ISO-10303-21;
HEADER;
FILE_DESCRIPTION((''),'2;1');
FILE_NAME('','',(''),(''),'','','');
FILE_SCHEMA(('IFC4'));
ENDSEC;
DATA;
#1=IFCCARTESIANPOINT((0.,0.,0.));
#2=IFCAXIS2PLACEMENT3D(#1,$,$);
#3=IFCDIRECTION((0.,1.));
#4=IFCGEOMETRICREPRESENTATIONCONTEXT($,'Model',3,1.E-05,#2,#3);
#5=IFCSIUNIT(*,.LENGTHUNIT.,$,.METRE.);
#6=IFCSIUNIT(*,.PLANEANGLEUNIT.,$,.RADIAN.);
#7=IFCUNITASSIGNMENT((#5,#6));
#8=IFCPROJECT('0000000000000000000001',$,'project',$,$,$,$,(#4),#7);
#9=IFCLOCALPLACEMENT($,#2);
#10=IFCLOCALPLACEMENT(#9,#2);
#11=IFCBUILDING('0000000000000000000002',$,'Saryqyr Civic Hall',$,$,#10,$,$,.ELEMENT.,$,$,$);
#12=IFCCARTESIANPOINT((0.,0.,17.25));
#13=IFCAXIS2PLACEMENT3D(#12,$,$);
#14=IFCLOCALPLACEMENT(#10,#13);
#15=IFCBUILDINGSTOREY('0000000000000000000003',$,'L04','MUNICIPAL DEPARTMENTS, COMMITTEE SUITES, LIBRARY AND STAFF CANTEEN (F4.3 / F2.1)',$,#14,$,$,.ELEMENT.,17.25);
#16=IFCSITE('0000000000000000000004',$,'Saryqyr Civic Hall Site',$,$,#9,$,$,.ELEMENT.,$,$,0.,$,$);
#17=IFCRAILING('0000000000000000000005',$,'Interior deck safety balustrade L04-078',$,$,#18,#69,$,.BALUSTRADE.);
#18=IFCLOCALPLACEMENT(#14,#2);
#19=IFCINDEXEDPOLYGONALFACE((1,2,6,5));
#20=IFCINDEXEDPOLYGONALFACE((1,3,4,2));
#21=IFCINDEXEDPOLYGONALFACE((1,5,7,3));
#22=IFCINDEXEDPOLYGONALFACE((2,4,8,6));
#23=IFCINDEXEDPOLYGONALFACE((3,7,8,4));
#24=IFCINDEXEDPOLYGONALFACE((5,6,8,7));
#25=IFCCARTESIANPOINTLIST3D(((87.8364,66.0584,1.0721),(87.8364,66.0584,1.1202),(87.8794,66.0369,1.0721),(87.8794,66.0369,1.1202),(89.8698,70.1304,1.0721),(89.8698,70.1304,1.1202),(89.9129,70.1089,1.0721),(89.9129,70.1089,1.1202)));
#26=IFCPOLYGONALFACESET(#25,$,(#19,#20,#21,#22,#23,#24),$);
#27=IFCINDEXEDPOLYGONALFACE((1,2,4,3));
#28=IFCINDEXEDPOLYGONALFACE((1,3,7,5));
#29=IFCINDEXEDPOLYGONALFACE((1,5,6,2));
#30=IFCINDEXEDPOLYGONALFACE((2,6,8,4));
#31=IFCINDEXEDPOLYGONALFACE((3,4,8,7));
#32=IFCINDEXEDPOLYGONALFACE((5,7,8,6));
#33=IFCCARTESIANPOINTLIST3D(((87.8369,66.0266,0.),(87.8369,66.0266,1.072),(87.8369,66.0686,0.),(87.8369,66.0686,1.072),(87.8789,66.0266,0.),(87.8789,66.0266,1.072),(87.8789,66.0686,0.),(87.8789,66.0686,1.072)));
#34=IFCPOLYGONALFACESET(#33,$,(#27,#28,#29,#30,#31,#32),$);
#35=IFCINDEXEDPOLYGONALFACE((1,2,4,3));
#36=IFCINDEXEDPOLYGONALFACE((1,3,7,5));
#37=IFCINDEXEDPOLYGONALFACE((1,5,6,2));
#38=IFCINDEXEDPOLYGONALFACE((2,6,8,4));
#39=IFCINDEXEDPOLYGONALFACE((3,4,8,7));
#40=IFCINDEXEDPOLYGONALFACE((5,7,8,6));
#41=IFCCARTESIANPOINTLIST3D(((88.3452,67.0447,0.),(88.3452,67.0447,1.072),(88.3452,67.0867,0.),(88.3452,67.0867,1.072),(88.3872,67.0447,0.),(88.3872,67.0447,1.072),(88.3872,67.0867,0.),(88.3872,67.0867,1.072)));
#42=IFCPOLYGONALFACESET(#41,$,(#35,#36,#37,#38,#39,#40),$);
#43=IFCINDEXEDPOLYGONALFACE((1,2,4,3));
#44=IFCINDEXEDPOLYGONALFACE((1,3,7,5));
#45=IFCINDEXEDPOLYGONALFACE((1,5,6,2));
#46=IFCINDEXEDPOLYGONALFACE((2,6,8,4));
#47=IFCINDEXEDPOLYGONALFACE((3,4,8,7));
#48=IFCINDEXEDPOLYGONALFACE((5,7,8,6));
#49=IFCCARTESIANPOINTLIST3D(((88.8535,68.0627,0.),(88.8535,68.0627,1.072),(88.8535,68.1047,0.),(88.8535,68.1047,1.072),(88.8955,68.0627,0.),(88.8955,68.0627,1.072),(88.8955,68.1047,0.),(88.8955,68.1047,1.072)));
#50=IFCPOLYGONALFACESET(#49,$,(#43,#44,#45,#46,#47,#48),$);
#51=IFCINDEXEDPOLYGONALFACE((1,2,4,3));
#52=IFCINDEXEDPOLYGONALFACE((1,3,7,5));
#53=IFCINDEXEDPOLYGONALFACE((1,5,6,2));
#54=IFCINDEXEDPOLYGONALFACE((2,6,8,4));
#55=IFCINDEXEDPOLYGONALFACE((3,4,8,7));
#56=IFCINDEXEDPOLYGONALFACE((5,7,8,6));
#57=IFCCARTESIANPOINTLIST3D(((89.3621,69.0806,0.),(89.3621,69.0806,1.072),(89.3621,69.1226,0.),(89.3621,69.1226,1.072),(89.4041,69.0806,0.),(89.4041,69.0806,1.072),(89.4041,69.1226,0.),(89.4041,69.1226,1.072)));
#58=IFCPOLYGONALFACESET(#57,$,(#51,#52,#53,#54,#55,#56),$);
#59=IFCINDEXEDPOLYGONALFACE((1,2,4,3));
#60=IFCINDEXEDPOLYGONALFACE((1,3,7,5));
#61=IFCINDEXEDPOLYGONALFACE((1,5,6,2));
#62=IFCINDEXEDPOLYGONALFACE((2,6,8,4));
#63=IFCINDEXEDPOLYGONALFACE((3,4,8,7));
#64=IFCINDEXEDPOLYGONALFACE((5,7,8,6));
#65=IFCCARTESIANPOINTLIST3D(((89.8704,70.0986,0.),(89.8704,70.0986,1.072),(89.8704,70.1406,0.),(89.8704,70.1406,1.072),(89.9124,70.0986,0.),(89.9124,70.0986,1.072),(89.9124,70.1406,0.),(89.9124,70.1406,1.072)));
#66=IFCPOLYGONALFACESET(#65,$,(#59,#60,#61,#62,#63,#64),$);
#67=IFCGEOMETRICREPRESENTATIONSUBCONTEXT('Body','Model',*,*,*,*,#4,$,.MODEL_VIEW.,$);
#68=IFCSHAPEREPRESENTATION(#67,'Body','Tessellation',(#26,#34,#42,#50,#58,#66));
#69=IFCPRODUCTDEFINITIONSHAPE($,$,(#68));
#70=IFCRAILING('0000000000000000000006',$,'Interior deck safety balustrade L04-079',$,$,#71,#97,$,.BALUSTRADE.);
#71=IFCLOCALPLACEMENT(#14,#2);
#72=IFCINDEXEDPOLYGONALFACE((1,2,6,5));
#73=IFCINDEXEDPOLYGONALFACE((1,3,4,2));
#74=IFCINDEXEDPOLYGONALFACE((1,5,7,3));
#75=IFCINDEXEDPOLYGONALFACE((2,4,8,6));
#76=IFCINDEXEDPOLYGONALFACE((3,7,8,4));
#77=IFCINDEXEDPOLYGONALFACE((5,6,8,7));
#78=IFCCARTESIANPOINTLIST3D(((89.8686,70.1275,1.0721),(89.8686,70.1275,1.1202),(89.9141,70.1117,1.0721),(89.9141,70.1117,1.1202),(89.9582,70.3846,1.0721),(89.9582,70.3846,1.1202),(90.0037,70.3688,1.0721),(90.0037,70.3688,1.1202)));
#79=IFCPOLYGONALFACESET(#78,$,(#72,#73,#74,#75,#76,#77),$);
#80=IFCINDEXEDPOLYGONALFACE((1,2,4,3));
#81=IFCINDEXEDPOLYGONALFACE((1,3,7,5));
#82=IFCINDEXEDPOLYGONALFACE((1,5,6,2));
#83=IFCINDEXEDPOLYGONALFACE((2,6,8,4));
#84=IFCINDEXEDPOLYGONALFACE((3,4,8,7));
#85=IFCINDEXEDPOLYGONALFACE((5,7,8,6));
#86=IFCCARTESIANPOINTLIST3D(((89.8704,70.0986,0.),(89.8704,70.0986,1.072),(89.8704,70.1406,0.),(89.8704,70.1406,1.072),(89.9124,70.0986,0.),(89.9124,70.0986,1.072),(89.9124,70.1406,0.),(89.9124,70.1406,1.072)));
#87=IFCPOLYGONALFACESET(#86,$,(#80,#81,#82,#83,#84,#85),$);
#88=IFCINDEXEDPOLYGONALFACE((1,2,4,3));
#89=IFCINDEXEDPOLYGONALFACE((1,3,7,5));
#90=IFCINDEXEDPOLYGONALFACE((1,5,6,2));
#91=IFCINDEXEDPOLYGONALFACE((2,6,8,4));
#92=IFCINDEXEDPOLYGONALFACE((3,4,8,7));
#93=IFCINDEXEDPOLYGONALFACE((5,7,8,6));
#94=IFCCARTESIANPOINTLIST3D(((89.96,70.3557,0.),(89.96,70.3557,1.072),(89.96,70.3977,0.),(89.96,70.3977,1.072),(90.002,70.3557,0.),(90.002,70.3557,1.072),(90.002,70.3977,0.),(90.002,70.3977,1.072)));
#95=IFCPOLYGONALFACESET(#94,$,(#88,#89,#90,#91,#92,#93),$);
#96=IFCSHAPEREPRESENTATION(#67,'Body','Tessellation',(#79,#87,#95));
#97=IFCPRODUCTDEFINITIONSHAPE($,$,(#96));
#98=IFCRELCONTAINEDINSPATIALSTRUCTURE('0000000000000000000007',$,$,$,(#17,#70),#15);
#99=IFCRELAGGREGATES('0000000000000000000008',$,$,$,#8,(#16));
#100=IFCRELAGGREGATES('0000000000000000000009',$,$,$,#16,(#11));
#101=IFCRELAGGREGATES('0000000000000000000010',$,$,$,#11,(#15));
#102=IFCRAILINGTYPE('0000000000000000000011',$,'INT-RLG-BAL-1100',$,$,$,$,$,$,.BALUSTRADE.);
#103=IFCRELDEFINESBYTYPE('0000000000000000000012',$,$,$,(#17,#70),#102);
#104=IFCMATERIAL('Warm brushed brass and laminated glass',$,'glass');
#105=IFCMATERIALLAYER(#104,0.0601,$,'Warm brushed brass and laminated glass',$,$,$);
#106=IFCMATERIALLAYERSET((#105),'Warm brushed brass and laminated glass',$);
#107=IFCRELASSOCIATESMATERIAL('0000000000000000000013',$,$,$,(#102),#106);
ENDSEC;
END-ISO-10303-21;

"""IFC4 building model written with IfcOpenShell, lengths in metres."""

from ifc_helpers import new_model, si_unit, direction, frame, origin, origin_2d, place, context, subcontext, project, spatial, rectangle, extrude, material, layer, layer_set, type_object, element, save


model = new_model("IFC4")

# Units and contexts
model_context = context("Model", 3, precision=1e-05, world=origin(), true_north=direction((0.0, 1.0)))
body_context = subcontext(model_context, "Body", "Model", "MODEL_VIEW")
ifc_project = project(units=[si_unit("LENGTHUNIT", "METRE"), si_unit("PLANEANGLEUNIT", "RADIAN")], contexts=[model_context])

# Site, building, storey
site_placement = place(None, origin())
site = spatial("IfcSite", under=ifc_project, at=site_placement, Name="Saryqyr Civic Hall Site", CompositionType="ELEMENT", RefElevation=0.0)
building_placement = place(site_placement, origin())
building = spatial("IfcBuilding", under=site, at=building_placement, Name="Saryqyr Civic Hall", CompositionType="ELEMENT")
storey_placement = place(building_placement, frame((0.0, 0.0, 17.25)))
storey = spatial("IfcBuildingStorey", under=building, at=storey_placement, Name="L04", Description="MUNICIPAL DEPARTMENTS, COMMITTEE SUITES, LIBRARY AND STAFF CANTEEN (F4.3 / F2.1)", CompositionType="ELEMENT", Elevation=17.25)

# Railings
ifc_material_1 = material(Name="Warm brushed brass and laminated glass", Category="glass")
ifc_layer_1 = layer(ifc_material_1, 0.0601, Name="Warm brushed brass and laminated glass")
ifc_layer_set_1 = layer_set([ifc_layer_1], Name="Warm brushed brass and laminated glass")
railing_type = type_object("IfcRailingType", Name="INT-RLG-BAL-1100", PredefinedType="BALUSTRADE", material=ifc_layer_set_1)
railing_1_placement = place(storey_placement, frame((87.8579, 66.0476, 0.0)))
element("IfcRailing", 1, at=railing_1_placement, inside=storey, type_object=railing_type, Name="Interior deck safety balustrade L04-078", PredefinedType="BALUSTRADE", context=body_context, shape_type="SweptSolid", body=[
    extrude(rectangle(XDim=0.0481, YDim=0.0481, at=origin_2d()), frame((0.0, 0.0, 1.0962), z_axis=(0.446763, 0.894652, 0.0), x_axis=(-0.894652, 0.446763, 0.0)), (0.0, 0.0, 1.0), 4.5515),
    extrude(rectangle(XDim=0.042, YDim=0.042, at=origin_2d()), origin(), (0.0, 0.0, 1.0), 1.072),
    extrude(rectangle(XDim=0.042, YDim=0.042, at=origin_2d()), frame((0.5083, 1.0181, 0.0)), (0.0, 0.0, 1.0), 1.072),
    extrude(rectangle(XDim=0.042, YDim=0.042, at=origin_2d()), frame((1.0166, 2.0361, 0.0)), (0.0, 0.0, 1.0), 1.072),
    extrude(rectangle(XDim=0.042, YDim=0.042, at=origin_2d()), frame((1.5251, 3.054, 0.0)), (0.0, 0.0, 1.0), 1.072),
    extrude(rectangle(XDim=0.042, YDim=0.042, at=origin_2d()), frame((2.0334, 4.072, 0.0)), (0.0, 0.0, 1.0), 1.072),
])
railing_2_placement = place(storey_placement, frame((89.8914, 70.1196, 0.0)))
element("IfcRailing", 2, at=railing_2_placement, inside=storey, type_object=railing_type, Name="Interior deck safety balustrade L04-079", PredefinedType="BALUSTRADE", context=body_context, shape_type="SweptSolid", body=[
    extrude(rectangle(XDim=0.0481, YDim=0.0481, at=origin_2d()), frame((0.0, 0.0, 1.0962), z_axis=(0.329112, 0.944291, 0.0), x_axis=(-0.944291, 0.329112, 0.0)), (0.0, 0.0, 1.0), 0.2722),
    extrude(rectangle(XDim=0.042, YDim=0.042, at=origin_2d()), origin(), (0.0, 0.0, 1.0), 1.072),
    extrude(rectangle(XDim=0.042, YDim=0.042, at=origin_2d()), frame((0.0896, 0.2571, 0.0)), (0.0, 0.0, 1.0), 1.072),
])

save(model, "model.ifc")
